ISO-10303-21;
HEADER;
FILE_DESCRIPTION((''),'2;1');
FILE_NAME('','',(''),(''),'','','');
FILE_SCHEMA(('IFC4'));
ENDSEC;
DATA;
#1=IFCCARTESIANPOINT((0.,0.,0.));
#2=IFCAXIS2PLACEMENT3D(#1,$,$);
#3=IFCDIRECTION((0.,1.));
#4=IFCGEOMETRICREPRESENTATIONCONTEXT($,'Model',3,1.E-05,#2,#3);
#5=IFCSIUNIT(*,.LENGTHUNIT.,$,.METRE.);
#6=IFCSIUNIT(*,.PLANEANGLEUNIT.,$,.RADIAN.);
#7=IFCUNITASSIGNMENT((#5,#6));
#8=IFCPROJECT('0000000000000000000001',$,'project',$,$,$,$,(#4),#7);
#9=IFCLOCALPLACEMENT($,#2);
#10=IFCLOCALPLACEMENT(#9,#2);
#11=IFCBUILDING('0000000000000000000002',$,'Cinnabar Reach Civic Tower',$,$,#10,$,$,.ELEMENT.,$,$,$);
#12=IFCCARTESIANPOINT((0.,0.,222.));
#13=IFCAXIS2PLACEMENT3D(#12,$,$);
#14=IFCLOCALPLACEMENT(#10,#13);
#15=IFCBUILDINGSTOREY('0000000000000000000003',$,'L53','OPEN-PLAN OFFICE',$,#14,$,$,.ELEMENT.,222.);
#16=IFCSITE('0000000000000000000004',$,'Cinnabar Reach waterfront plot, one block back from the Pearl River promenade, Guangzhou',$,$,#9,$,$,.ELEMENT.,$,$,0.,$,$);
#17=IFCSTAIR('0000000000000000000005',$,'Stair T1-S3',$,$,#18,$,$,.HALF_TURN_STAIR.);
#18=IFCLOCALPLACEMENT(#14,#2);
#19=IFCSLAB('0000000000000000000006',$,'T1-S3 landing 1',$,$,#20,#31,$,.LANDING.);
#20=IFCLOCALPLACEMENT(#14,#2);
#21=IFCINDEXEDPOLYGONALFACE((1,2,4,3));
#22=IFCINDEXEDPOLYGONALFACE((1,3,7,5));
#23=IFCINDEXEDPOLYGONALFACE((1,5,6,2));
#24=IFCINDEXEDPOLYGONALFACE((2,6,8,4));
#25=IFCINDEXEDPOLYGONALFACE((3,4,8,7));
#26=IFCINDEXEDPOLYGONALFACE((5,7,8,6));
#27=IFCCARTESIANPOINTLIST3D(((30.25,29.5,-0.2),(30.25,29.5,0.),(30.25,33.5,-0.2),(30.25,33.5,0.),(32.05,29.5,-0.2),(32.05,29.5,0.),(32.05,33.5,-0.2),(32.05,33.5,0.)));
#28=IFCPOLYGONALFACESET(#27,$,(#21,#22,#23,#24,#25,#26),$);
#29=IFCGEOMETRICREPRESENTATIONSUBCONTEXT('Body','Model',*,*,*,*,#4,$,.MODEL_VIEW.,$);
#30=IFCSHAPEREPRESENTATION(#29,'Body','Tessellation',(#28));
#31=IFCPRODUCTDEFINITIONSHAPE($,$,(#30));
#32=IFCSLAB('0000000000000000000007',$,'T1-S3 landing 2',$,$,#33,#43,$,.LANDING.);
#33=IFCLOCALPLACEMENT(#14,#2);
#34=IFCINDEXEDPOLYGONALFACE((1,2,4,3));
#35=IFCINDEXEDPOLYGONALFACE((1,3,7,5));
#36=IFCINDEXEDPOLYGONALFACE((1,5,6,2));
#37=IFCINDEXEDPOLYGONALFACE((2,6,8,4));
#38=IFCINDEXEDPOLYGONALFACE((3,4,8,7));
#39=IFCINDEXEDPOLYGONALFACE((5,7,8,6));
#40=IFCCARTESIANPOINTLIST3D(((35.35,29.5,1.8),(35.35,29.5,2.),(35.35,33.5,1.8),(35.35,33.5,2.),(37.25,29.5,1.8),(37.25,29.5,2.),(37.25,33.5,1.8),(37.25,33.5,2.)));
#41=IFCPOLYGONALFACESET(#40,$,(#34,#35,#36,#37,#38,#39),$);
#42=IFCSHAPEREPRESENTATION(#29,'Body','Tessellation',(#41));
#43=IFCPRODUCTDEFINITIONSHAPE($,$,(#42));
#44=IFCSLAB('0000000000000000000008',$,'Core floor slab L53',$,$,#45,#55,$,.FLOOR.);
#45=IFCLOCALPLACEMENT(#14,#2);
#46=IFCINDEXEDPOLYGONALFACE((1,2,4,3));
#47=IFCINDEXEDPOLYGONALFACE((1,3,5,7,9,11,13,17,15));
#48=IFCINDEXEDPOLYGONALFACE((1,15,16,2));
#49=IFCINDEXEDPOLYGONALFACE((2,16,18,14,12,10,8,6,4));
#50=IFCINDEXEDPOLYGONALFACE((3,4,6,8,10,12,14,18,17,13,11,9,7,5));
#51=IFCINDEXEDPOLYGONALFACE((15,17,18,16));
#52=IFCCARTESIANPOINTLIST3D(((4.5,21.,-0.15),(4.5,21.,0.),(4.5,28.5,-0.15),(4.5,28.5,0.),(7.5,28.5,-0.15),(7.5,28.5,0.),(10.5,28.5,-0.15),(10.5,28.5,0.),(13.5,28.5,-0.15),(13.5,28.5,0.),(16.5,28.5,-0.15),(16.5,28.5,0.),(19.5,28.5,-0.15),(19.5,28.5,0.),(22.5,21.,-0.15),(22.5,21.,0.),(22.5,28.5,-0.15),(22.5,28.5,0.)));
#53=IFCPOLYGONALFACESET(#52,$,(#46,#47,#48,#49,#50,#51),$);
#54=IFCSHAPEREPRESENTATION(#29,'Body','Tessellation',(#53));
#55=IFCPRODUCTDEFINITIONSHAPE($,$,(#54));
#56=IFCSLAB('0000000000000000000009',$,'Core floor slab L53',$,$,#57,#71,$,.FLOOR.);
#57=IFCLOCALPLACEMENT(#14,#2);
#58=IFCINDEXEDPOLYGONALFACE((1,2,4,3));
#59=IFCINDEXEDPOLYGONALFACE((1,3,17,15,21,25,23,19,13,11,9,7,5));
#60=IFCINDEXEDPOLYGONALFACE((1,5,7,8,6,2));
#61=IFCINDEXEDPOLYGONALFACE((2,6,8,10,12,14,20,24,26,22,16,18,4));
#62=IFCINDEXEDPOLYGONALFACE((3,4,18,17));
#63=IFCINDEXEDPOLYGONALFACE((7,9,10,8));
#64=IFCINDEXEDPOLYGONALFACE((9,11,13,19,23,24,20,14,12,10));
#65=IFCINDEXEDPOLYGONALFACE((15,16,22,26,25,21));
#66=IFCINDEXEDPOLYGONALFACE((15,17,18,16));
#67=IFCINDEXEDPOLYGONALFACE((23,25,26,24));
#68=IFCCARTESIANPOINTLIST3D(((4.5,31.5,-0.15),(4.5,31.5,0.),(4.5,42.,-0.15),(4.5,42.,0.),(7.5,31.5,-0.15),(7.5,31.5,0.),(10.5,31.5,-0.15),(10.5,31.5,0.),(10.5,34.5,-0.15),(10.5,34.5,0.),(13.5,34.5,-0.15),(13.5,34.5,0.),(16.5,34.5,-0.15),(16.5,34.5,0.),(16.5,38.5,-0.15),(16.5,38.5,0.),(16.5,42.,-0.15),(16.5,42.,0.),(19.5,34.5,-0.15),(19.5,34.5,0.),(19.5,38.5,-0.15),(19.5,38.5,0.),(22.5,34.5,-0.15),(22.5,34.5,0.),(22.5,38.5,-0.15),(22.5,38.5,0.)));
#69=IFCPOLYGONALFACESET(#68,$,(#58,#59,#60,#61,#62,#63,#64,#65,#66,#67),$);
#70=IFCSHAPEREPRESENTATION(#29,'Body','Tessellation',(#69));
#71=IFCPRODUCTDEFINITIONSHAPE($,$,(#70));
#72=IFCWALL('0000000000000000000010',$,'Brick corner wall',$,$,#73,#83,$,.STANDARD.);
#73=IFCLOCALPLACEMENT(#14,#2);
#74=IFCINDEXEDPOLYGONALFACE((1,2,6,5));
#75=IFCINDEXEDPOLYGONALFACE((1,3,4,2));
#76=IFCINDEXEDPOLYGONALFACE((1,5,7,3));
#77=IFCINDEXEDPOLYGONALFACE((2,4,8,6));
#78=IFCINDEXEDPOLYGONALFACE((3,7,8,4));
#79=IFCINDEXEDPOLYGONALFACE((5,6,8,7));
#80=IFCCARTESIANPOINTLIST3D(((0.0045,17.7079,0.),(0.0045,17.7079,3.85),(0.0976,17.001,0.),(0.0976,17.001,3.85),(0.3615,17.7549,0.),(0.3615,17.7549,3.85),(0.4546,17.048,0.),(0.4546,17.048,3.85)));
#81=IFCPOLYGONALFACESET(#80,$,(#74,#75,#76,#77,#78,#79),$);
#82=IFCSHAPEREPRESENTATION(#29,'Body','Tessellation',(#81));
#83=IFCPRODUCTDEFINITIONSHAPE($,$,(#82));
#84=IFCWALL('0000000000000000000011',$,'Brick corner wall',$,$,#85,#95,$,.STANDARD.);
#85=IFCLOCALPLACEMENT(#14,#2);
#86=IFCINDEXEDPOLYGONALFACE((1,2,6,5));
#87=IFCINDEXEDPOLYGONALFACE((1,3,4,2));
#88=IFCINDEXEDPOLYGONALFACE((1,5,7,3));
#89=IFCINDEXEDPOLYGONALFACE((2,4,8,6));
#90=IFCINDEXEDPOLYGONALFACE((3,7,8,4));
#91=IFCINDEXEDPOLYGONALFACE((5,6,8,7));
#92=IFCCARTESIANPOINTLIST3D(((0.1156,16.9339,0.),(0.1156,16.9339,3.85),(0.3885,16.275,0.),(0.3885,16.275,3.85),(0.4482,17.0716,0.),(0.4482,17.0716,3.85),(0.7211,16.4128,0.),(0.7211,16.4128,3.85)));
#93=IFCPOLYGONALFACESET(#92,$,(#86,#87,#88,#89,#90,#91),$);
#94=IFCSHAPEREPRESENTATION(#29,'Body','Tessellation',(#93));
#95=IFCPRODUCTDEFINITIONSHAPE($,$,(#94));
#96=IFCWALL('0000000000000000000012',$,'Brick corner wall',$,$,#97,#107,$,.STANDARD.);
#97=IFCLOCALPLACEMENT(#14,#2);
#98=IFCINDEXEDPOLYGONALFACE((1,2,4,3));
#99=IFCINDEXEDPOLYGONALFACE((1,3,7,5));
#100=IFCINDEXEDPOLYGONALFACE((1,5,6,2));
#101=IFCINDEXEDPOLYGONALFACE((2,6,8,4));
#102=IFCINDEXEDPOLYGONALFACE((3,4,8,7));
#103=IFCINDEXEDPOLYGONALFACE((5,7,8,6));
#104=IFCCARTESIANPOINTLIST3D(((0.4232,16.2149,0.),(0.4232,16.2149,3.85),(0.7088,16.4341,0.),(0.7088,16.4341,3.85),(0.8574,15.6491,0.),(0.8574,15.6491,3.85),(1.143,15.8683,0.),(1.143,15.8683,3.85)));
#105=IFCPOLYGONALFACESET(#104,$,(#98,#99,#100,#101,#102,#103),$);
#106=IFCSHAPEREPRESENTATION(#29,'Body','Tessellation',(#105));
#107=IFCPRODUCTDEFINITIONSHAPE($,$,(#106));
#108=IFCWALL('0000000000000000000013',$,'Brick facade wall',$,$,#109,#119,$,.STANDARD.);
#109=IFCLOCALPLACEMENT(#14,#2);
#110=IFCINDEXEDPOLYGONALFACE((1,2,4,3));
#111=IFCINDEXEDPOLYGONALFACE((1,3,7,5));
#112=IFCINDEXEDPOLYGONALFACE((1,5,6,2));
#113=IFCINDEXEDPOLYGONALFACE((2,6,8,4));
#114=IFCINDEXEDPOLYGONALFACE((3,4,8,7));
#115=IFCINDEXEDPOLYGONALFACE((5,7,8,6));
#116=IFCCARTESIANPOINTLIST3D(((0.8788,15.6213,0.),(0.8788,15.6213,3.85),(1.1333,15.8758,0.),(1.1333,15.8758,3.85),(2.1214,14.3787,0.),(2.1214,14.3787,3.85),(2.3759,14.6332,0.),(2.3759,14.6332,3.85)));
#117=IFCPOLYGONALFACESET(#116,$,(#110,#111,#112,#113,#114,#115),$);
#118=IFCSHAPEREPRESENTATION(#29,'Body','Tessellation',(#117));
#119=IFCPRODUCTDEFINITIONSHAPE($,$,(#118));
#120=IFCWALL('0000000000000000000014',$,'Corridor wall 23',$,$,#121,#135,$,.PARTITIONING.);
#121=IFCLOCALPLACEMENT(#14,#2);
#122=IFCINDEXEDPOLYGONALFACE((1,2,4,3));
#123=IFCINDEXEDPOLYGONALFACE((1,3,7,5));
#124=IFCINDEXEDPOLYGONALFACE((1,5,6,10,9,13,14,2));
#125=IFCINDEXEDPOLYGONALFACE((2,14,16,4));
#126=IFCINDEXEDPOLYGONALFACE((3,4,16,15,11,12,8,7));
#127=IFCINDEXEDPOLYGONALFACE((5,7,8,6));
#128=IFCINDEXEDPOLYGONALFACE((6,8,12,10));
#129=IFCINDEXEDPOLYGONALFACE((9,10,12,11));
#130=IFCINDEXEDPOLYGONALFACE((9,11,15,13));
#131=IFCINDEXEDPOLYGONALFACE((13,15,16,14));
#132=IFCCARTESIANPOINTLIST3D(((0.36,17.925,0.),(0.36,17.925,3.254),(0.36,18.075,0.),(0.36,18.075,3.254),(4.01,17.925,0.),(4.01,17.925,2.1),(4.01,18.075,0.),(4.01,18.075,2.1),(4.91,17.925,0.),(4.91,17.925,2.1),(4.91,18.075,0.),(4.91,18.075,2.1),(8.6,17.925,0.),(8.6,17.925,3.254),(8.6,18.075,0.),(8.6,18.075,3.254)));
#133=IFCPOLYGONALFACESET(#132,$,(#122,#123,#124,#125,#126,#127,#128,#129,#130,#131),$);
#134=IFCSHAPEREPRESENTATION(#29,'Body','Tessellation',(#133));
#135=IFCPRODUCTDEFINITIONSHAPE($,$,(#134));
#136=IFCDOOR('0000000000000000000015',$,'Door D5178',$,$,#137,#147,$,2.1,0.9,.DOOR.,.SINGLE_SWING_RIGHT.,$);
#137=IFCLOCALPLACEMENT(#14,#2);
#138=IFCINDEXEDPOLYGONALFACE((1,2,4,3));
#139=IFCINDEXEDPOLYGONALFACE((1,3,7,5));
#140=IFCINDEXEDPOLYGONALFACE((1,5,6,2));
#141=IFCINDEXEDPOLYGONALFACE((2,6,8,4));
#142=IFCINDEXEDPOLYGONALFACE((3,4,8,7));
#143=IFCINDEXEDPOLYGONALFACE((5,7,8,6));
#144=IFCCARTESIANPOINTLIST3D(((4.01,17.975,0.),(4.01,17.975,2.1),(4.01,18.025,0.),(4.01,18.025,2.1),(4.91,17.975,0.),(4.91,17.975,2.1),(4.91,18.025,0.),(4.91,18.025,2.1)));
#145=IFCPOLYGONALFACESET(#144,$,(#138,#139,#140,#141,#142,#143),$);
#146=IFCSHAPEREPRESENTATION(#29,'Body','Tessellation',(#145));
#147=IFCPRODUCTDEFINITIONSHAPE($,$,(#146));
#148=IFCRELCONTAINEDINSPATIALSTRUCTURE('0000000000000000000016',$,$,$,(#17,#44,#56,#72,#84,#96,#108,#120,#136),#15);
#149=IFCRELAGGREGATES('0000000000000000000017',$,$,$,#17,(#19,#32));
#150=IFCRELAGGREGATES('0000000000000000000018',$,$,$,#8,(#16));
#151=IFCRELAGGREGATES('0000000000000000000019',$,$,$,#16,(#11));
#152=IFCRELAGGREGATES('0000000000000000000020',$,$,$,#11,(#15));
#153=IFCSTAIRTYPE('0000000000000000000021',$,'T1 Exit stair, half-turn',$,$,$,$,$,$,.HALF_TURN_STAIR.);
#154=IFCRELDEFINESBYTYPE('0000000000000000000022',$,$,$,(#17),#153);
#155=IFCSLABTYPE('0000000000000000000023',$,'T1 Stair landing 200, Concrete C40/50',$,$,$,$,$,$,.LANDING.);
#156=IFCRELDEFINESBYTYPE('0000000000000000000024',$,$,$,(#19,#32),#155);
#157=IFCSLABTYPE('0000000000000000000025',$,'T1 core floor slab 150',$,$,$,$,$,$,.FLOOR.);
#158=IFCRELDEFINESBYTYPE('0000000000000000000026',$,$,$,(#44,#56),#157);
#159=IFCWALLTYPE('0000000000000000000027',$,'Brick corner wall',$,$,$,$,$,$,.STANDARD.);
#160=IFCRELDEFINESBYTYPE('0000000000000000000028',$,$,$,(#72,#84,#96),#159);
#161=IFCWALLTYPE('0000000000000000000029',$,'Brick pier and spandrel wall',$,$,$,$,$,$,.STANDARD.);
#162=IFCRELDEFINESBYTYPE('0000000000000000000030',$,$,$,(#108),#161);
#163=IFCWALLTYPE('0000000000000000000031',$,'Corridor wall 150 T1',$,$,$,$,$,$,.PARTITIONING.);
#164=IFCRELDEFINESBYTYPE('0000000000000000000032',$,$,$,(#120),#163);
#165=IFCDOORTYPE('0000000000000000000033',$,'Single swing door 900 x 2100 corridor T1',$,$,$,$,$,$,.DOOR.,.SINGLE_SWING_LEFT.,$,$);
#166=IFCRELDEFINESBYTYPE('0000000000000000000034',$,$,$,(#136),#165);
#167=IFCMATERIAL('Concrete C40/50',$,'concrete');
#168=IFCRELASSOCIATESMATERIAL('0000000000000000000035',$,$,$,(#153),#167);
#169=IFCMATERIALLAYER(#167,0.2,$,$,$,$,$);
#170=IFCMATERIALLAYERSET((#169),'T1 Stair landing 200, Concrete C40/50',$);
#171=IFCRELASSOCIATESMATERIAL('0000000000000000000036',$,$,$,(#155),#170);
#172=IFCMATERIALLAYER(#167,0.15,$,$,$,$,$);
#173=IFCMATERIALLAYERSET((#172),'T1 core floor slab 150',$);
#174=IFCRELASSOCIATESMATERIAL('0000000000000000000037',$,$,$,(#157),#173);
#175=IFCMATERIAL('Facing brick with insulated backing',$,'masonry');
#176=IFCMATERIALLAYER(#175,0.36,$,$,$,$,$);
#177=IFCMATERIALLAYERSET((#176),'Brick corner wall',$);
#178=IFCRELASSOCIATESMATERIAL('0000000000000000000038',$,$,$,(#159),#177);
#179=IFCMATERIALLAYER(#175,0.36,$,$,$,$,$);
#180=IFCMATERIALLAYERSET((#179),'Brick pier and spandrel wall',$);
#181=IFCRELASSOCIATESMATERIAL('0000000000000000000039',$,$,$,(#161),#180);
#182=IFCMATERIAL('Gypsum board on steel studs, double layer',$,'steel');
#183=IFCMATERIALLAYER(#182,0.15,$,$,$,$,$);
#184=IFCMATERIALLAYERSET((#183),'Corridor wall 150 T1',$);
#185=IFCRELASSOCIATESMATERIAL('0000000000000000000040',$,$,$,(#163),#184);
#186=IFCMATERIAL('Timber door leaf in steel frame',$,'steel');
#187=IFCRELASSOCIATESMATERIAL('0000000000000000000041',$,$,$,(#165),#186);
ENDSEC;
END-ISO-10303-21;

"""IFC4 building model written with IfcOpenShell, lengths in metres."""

from ifc_helpers import new_model, si_unit, direction, frame, frame_2d, origin, place, context, subcontext, project, spatial, polyline, rectangle, outline, extrude, material, layer, layer_set, type_object, element, fill, aggregate, save


model = new_model("IFC4")

# Units and contexts
model_context = context("Model", 3, precision=1e-05, world=origin(), true_north=direction((0.0, 1.0)))
body_context = subcontext(model_context, "Body", "Model", "MODEL_VIEW")
ifc_project = project(units=[si_unit("LENGTHUNIT", "METRE"), si_unit("PLANEANGLEUNIT", "RADIAN")], contexts=[model_context])

# Site, building, storey
site_placement = place(None, origin())
site = spatial("IfcSite", under=ifc_project, at=site_placement, Name="Cinnabar Reach waterfront plot, one block back from the Pearl River promenade, Guangzhou", CompositionType="ELEMENT", RefElevation=0.0)
building_placement = place(site_placement, origin())
building = spatial("IfcBuilding", under=site, at=building_placement, Name="Cinnabar Reach Civic Tower", CompositionType="ELEMENT")
storey_placement = place(building_placement, frame((0.0, 0.0, 222.0)))
storey = spatial("IfcBuildingStorey", under=building, at=storey_placement, Name="L53", Description="OPEN-PLAN OFFICE", CompositionType="ELEMENT", Elevation=222.0)

# Stair, slabs
ifc_material_1 = material(Name="Concrete C40/50", Category="concrete")
stair_type = type_object("IfcStairType", Name="T1 Exit stair, half-turn", PredefinedType="HALF_TURN_STAIR", material=ifc_material_1)
ifc_layer_1 = layer(ifc_material_1, 0.2)
ifc_layer_set_1 = layer_set([ifc_layer_1], Name="T1 Stair landing 200, Concrete C40/50")
slab_type_1 = type_object("IfcSlabType", Name="T1 Stair landing 200, Concrete C40/50", PredefinedType="LANDING", material=ifc_layer_set_1)
stair_1_placement = place(storey_placement, origin())
stair_1 = element("IfcStair", 1, at=stair_1_placement, inside=storey, type_object=stair_type, Name="Stair T1-S3", PredefinedType="HALF_TURN_STAIR")
slab_1_placement = place(storey_placement, frame((0.0, 0.0, -0.2)))
slab_1 = element("IfcSlab", 2, at=slab_1_placement, type_object=slab_type_1, Name="T1-S3 landing 1", PredefinedType="LANDING", context=body_context, shape_type="SweptSolid", body=[
    extrude(outline(polyline([(30.25, 29.5), (32.05, 29.5), (32.05, 33.5), (30.25, 33.5), (30.25, 29.5)])), origin(), (0.0, 0.0, 1.0), 0.2),
])
slab_2_placement = place(storey_placement, frame((0.0, 0.0, 1.8)))
slab_2 = element("IfcSlab", 3, at=slab_2_placement, type_object=slab_type_1, Name="T1-S3 landing 2", PredefinedType="LANDING", context=body_context, shape_type="SweptSolid", body=[
    extrude(outline(polyline([(35.35, 29.5), (37.25, 29.5), (37.25, 33.5), (35.35, 33.5), (35.35, 29.5)])), origin(), (0.0, 0.0, 1.0), 0.2),
])
aggregate(stair_1, [slab_1, slab_2])

# Slabs
ifc_layer_2 = layer(ifc_material_1, 0.15)
ifc_layer_set_2 = layer_set([ifc_layer_2], Name="T1 core floor slab 150")
slab_type_2 = type_object("IfcSlabType", Name="T1 core floor slab 150", PredefinedType="FLOOR", material=ifc_layer_set_2)
slab_3_placement = place(storey_placement, frame((0.0, 0.0, -0.15)))
element("IfcSlab", 4, at=slab_3_placement, inside=storey, type_object=slab_type_2, Name="Core floor slab L53", PredefinedType="FLOOR", context=body_context, shape_type="SweptSolid", body=[
    extrude(outline(polyline([(22.5, 21.0), (4.5, 21.0), (4.5, 28.5), (7.5, 28.5), (10.5, 28.5), (13.5, 28.5), (16.5, 28.5), (19.5, 28.5), (22.5, 28.5), (22.5, 21.0)])), origin(), (0.0, 0.0, 1.0), 0.15),
])
slab_4_placement = place(storey_placement, frame((0.0, 0.0, -0.15)))
element("IfcSlab", 5, at=slab_4_placement, inside=storey, type_object=slab_type_2, Name="Core floor slab L53", PredefinedType="FLOOR", context=body_context, shape_type="SweptSolid", body=[
    extrude(outline(polyline([(22.5, 34.5), (19.5, 34.5), (16.5, 34.5), (13.5, 34.5), (10.5, 34.5), (10.5, 31.5), (7.5, 31.5), (4.5, 31.5), (4.5, 42.0), (16.5, 42.0), (16.5, 38.5), (19.5, 38.5), (22.5, 38.5), (22.5, 34.5)])), origin(), (0.0, 0.0, 1.0), 0.15),
])

# Walls
ifc_material_2 = material(Name="Facing brick with insulated backing", Category="masonry")
ifc_layer_3 = layer(ifc_material_2, 0.36)
ifc_layer_set_3 = layer_set([ifc_layer_3], Name="Brick corner wall")
wall_type_1 = type_object("IfcWallType", Name="Brick corner wall", PredefinedType="STANDARD", material=ifc_layer_set_3)
for number, where, z_axis, x_axis, name in (
    (6, (0.183, 17.7314, 0.0), (0.0, 0.0, 1.0), (0.130556, -0.991441, 0.0), "Brick corner wall"),
    (7, (0.2819, 17.0027, 0.0), (0.0, 0.0, 1.0), (0.382703, -0.923872, 0.0), "Brick corner wall"),
):
    element("IfcWall", number, at=place(storey_placement, frame(where, z_axis=z_axis, x_axis=x_axis)), inside=storey, type_object=wall_type_1, Name=name, PredefinedType="STANDARD", context=body_context, shape_type="SweptSolid", body=[
        extrude(rectangle(XDim=0.7131, YDim=0.36, at=frame_2d((0.3565, 0.0))), origin(), (0.0, 0.0, 1.0), 3.85),
    ])
wall_1_placement = place(storey_placement, frame((0.566, 16.3245, 0.0), z_axis=(0.0, 0.0, 1.0), x_axis=(0.608802, -0.793322, 0.0)))
element("IfcWall", 8, at=wall_1_placement, inside=storey, type_object=wall_type_1, Name="Brick corner wall", PredefinedType="STANDARD", context=body_context, shape_type="SweptSolid", body=[
    extrude(rectangle(XDim=0.7132, YDim=0.36, at=frame_2d((0.3566, 0.0))), origin(), (0.0, 0.0, 1.0), 3.85),
])
ifc_layer_4 = layer(ifc_material_2, 0.36)
ifc_layer_set_4 = layer_set([ifc_layer_4], Name="Brick pier and spandrel wall")
wall_type_2 = type_object("IfcWallType", Name="Brick pier and spandrel wall", PredefinedType="STANDARD", material=ifc_layer_set_4)
wall_2_placement = place(storey_placement, frame((1.006, 15.7486, 0.0), z_axis=(0.0, 0.0, 1.0), x_axis=(0.707107, -0.707107, 0.0)))
element("IfcWall", 9, at=wall_2_placement, inside=storey, type_object=wall_type_2, Name="Brick facade wall", PredefinedType="STANDARD", context=body_context, shape_type="SweptSolid", body=[
    extrude(rectangle(XDim=1.7573, YDim=0.36, at=frame_2d((0.8787, 0.0))), origin(), (0.0, 0.0, 1.0), 3.85),
])

# Wall, opening, door
ifc_material_3 = material(Name="Gypsum board on steel studs, double layer", Category="steel")
ifc_layer_5 = layer(ifc_material_3, 0.15)
ifc_layer_set_5 = layer_set([ifc_layer_5], Name="Corridor wall 150 T1")
wall_type_3 = type_object("IfcWallType", Name="Corridor wall 150 T1", PredefinedType="PARTITIONING", material=ifc_layer_set_5)
wall_3_placement = place(storey_placement, frame((0.36, 18.0, 0.0), z_axis=(0.0, 0.0, 1.0), x_axis=(1.0, 0.0, 0.0)))
wall_3 = element("IfcWall", 10, at=wall_3_placement, inside=storey, type_object=wall_type_3, Name="Corridor wall 23", PredefinedType="PARTITIONING", context=body_context, shape_type="SweptSolid", body=[
    extrude(rectangle(XDim=8.24, YDim=0.15, at=frame_2d((4.12, 0.0))), origin(), (0.0, 0.0, 1.0), 3.254),
])
opening_placement = place(wall_3_placement, frame((3.65, 0.0, 0.0)))
opening = element("IfcOpeningElement", 11, at=opening_placement, cuts=wall_3, PredefinedType="OPENING", context=body_context, shape_type="SweptSolid", body=[
    extrude(rectangle(XDim=0.9, YDim=2.1, at=frame_2d((0.45, 1.05))), frame((0.0, 0.085, 0.0), z_axis=(0.0, -1.0, 0.0), x_axis=(1.0, 0.0, 0.0)), (0.0, 0.0, 1.0), 0.17),
])
ifc_material_4 = material(Name="Timber door leaf in steel frame", Category="steel")
door_type = type_object("IfcDoorType", Name="Single swing door 900 x 2100 corridor T1", OperationType="SINGLE_SWING_LEFT", PredefinedType="DOOR", material=ifc_material_4)
door_placement = place(opening_placement, frame((0.9, 0.0, 0.0), z_axis=(0.0, 0.0, 1.0), x_axis=(-1.0, 0.0, 0.0)))
door = element("IfcDoor", 12, at=door_placement, inside=storey, type_object=door_type, Name="Door D5178", OperationType="SINGLE_SWING_RIGHT", OverallHeight=2.1, OverallWidth=0.9, PredefinedType="DOOR", context=body_context, shape_type="SweptSolid", body=[
    extrude(rectangle(XDim=0.9, YDim=2.1, at=frame_2d((0.45, 1.05))), frame((0.0, 0.025, 0.0), z_axis=(0.0, -1.0, 0.0), x_axis=(1.0, 0.0, 0.0)), (0.0, 0.0, 1.0), 0.05),
])
fill(opening, door)

save(model, "model.ifc")
